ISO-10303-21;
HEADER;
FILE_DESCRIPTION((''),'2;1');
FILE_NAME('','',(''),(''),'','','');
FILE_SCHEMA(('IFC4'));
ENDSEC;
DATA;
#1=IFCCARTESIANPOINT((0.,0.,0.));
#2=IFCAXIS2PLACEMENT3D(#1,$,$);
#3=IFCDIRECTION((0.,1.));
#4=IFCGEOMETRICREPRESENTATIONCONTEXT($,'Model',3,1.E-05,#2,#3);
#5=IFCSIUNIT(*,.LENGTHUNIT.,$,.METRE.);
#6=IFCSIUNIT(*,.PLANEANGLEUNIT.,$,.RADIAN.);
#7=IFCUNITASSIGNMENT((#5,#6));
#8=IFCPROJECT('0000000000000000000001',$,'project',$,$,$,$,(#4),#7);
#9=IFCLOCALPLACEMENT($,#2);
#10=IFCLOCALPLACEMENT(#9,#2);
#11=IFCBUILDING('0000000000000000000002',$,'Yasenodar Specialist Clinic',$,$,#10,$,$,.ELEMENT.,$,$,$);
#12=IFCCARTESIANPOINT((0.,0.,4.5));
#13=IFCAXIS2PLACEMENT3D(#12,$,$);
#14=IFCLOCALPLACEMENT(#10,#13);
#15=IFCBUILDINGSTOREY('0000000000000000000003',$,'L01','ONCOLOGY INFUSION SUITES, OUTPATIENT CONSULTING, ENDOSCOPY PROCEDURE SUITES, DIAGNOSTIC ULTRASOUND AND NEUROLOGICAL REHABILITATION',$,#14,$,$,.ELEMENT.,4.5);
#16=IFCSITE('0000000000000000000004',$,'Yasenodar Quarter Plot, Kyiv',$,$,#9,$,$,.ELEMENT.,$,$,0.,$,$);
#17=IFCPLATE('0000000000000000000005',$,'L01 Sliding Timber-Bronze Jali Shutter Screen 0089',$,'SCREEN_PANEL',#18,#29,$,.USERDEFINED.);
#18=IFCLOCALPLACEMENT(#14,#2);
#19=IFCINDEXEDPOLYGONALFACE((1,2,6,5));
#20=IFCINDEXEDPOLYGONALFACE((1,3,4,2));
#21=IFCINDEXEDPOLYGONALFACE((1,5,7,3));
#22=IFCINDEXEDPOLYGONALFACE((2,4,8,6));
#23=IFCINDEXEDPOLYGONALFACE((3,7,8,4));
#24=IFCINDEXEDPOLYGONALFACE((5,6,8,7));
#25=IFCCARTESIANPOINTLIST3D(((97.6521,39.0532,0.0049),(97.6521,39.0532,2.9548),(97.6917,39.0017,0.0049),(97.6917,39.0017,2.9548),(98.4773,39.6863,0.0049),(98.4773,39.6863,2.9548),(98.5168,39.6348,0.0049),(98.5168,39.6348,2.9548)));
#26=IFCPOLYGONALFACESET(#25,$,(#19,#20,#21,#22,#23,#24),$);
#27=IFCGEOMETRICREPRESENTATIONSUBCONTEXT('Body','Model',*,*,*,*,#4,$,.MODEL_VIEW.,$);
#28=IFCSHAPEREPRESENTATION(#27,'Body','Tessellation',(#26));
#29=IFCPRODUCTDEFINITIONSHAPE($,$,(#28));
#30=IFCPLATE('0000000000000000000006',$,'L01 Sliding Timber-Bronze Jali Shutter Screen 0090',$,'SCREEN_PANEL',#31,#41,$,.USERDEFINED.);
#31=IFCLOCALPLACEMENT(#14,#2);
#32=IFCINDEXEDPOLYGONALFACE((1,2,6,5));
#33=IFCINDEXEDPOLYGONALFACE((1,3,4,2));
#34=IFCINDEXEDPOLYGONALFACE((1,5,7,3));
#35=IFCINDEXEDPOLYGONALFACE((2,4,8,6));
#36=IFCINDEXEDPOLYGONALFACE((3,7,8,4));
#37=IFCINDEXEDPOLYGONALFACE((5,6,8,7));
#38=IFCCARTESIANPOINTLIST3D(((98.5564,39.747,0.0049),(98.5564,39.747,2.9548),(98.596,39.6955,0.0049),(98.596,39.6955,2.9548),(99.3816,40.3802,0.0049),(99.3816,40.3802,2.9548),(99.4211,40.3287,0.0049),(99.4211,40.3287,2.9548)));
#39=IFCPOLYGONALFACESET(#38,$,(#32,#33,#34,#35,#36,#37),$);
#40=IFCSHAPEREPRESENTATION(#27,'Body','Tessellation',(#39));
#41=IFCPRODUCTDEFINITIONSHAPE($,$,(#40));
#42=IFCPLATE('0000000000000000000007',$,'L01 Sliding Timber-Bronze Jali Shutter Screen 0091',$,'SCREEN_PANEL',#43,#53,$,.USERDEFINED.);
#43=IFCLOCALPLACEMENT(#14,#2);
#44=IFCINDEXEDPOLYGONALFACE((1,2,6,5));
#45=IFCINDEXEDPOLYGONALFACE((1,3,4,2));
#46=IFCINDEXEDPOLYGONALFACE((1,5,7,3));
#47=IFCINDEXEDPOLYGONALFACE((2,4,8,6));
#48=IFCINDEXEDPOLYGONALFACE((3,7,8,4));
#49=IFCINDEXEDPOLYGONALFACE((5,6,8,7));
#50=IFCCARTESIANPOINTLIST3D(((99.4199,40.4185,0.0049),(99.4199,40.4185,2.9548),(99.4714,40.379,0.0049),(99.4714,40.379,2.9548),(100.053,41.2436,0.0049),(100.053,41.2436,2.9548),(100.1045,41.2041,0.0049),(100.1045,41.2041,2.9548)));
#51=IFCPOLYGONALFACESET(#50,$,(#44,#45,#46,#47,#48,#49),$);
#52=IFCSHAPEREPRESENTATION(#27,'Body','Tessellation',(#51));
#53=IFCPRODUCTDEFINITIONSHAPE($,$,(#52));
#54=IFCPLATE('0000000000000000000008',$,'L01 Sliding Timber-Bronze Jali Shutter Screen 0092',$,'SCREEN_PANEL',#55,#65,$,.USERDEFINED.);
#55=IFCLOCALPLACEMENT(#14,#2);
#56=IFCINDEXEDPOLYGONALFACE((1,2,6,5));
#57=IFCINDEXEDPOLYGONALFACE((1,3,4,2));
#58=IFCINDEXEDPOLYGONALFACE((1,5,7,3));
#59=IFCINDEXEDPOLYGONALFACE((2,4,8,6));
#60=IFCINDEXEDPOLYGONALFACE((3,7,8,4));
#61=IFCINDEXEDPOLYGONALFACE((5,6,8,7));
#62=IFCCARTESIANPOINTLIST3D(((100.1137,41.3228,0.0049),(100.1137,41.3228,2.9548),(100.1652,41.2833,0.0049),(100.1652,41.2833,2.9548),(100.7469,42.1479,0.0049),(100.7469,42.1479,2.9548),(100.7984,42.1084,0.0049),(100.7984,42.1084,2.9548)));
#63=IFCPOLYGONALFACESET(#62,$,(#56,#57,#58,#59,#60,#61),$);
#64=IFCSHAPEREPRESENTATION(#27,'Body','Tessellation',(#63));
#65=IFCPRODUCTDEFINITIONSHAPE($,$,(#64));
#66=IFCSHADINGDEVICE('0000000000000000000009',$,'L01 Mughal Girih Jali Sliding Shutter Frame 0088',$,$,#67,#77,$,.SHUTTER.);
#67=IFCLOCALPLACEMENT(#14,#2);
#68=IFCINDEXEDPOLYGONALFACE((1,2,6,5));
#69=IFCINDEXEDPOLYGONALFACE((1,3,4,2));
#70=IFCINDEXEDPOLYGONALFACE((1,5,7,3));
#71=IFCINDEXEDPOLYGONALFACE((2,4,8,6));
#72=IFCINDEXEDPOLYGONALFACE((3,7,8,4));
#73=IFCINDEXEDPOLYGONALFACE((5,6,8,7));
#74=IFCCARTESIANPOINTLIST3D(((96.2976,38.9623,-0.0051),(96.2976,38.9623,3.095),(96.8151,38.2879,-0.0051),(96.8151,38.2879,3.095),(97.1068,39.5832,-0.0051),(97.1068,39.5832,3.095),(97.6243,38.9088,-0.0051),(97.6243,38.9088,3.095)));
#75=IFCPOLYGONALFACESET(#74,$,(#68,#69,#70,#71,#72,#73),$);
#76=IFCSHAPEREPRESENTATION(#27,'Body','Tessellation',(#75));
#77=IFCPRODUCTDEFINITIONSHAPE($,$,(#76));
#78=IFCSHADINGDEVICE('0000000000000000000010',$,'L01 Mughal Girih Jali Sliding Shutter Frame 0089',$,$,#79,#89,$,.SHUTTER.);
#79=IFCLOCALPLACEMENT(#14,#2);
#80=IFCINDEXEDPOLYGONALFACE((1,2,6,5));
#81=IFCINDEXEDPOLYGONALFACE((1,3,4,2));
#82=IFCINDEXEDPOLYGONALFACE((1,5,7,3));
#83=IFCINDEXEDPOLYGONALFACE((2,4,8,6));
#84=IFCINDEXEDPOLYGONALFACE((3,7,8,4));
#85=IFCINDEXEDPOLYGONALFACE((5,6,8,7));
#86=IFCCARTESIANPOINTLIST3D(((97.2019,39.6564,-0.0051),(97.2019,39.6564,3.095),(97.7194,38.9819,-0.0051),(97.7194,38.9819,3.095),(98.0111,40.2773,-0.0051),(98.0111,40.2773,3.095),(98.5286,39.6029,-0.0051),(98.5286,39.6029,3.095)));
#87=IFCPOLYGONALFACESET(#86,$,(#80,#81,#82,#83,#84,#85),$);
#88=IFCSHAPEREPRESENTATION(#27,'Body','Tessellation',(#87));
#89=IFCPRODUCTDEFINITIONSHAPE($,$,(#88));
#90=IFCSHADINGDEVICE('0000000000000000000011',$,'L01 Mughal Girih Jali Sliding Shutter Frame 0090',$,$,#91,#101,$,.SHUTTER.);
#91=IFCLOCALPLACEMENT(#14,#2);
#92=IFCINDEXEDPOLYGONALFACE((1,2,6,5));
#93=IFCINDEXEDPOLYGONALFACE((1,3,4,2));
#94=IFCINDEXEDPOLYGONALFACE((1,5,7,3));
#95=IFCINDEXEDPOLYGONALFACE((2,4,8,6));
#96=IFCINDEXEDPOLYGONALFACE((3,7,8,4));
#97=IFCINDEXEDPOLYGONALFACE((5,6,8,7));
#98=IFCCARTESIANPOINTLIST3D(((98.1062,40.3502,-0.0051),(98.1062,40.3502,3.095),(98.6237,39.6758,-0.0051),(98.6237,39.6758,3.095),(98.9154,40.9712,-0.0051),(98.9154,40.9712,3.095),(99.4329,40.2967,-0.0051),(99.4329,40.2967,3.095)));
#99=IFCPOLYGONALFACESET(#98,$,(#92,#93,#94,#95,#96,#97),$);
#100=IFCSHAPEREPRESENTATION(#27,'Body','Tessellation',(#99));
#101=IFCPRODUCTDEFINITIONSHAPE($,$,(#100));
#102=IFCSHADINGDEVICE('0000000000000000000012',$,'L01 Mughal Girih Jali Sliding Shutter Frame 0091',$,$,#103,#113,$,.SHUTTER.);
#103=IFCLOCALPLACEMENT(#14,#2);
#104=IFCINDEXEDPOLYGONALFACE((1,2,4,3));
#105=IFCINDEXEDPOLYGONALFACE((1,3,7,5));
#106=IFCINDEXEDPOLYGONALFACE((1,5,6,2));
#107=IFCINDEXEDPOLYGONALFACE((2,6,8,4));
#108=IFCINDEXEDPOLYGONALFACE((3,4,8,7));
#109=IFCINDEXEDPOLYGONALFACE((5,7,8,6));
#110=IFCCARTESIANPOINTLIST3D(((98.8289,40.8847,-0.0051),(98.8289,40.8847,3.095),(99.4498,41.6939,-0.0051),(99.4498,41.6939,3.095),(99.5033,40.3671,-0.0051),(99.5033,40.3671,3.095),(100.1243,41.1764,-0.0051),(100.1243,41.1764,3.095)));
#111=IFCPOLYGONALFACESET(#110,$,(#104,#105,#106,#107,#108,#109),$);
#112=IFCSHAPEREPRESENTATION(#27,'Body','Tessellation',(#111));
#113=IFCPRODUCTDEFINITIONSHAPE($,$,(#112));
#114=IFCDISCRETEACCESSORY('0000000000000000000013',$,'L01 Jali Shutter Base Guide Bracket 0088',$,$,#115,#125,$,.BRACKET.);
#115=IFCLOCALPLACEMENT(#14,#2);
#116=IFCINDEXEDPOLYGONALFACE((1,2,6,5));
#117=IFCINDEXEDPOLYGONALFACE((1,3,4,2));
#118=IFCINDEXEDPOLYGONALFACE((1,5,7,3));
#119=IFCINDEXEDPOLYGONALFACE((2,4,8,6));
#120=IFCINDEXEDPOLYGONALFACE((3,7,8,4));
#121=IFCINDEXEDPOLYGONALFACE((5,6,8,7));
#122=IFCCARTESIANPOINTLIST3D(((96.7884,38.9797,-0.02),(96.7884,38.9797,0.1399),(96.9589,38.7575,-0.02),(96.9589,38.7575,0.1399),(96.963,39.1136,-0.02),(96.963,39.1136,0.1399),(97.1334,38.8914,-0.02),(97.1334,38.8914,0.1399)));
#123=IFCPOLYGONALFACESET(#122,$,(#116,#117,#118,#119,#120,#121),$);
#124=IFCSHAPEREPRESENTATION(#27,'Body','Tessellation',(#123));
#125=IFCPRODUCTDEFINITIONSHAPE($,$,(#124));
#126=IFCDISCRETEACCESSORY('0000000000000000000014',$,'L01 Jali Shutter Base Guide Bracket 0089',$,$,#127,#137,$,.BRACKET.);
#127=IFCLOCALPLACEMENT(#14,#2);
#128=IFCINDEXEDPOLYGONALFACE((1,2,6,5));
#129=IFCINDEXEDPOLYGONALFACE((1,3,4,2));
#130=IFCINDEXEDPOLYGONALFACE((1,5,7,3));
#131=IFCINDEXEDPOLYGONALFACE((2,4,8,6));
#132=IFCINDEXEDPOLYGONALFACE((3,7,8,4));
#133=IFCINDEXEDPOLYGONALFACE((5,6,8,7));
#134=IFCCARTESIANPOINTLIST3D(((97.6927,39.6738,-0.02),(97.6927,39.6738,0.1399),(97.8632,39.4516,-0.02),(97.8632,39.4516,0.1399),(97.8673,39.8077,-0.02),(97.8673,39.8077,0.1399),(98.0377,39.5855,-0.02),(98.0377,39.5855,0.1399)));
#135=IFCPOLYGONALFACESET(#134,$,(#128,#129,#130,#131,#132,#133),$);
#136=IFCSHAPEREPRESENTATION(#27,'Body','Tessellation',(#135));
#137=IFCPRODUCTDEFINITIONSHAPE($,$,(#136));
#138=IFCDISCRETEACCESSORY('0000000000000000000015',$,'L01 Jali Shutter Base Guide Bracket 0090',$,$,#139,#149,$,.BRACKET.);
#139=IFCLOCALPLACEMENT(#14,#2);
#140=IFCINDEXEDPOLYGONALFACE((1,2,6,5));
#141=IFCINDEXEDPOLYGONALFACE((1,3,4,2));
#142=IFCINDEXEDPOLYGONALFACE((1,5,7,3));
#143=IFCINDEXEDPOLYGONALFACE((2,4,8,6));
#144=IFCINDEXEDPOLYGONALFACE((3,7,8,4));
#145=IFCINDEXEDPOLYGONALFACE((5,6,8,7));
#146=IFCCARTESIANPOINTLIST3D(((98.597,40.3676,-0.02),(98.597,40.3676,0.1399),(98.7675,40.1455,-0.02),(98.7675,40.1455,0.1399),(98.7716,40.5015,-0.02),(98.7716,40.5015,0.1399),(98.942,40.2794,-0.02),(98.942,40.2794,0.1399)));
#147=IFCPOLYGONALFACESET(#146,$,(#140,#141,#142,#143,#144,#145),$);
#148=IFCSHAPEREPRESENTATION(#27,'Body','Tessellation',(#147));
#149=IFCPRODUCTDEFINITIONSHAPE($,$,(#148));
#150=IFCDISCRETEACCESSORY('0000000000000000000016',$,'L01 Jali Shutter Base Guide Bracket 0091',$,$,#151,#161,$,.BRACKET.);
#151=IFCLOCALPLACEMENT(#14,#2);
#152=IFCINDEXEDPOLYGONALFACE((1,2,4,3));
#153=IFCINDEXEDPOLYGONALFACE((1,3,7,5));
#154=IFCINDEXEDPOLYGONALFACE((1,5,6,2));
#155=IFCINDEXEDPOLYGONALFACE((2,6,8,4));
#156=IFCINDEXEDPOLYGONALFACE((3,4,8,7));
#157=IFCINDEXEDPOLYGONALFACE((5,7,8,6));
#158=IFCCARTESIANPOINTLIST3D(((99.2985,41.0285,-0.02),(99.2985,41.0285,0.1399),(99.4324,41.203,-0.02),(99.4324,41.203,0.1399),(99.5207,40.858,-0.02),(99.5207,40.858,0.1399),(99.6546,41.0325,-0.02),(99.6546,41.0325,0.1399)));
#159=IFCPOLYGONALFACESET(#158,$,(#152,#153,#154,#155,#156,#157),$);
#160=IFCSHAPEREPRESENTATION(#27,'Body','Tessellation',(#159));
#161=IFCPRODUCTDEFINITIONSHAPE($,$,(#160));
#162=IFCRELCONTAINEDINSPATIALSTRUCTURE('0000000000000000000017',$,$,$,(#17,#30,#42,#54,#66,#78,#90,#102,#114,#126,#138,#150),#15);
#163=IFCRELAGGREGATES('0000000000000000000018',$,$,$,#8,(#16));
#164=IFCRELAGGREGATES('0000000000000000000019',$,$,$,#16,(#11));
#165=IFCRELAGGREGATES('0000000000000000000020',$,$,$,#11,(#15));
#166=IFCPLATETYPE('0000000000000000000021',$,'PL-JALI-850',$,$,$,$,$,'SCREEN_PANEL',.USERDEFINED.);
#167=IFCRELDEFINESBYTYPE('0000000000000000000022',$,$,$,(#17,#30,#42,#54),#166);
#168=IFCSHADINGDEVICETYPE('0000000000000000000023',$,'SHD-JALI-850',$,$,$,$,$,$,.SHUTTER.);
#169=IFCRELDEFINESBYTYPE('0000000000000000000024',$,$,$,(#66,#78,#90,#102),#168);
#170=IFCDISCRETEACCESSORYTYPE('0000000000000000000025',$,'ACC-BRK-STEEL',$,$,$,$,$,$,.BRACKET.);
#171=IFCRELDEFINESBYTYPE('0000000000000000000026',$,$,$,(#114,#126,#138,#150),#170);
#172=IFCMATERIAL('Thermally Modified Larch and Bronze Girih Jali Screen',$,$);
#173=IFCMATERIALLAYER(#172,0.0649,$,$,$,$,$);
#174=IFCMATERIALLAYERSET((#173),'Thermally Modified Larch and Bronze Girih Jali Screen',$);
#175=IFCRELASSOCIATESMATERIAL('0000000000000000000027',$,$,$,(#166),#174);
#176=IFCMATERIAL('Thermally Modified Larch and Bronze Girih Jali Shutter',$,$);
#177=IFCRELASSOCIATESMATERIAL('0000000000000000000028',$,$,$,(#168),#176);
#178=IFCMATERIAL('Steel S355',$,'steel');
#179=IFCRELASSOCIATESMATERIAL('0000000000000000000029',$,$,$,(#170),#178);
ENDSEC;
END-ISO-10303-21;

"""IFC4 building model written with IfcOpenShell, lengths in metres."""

from ifc_helpers import new_model, si_unit, direction, frame, origin, origin_2d, place, context, subcontext, project, spatial, rectangle, extrude, material, layer, layer_set, type_object, element, save


model = new_model("IFC4")

# Units and contexts
model_context = context("Model", 3, precision=1e-05, world=origin(), true_north=direction((0.0, 1.0)))
body_context = subcontext(model_context, "Body", "Model", "MODEL_VIEW")
ifc_project = project(units=[si_unit("LENGTHUNIT", "METRE"), si_unit("PLANEANGLEUNIT", "RADIAN")], contexts=[model_context])

# Site, building, storey
site_placement = place(None, origin())
site = spatial("IfcSite", under=ifc_project, at=site_placement, Name="Yasenodar Quarter Plot, Kyiv", CompositionType="ELEMENT", RefElevation=0.0)
building_placement = place(site_placement, origin())
building = spatial("IfcBuilding", under=site, at=building_placement, Name="Yasenodar Specialist Clinic", CompositionType="ELEMENT")
storey_placement = place(building_placement, frame((0.0, 0.0, 4.5)))
storey = spatial("IfcBuildingStorey", under=building, at=storey_placement, Name="L01", Description="ONCOLOGY INFUSION SUITES, OUTPATIENT CONSULTING, ENDOSCOPY PROCEDURE SUITES, DIAGNOSTIC ULTRASOUND AND NEUROLOGICAL REHABILITATION", CompositionType="ELEMENT", Elevation=4.5)

# Shared definitions
ifc_material_1 = material(Name="Steel S355", Category="steel")

# Plates
ifc_material_2 = material(Name="Thermally Modified Larch and Bronze Girih Jali Screen")
ifc_layer_1 = layer(ifc_material_2, 0.0649)
ifc_layer_set_1 = layer_set([ifc_layer_1], Name="Thermally Modified Larch and Bronze Girih Jali Screen")
plate_type_1 = type_object("IfcPlateType", Name="PL-JALI-850", ElementType="SCREEN_PANEL", PredefinedType="USERDEFINED", material=ifc_layer_set_1)
for number, where, z_axis, x_axis, name in (
    (1, (98.0845, 39.344, 0.0049), (0.0, 0.0, 1.0), (0.793351, 0.608764, 0.0), "L01 Sliding Timber-Bronze Jali Shutter Screen 0089"),
    (2, (98.9888, 40.0378, 0.0049), (0.0, 0.0, 1.0), (0.793351, 0.608764, 0.0), "L01 Sliding Timber-Bronze Jali Shutter Screen 0090"),
    (3, (99.7622, 40.8113, 0.0049), (0.0, 0.0, 1.0), (0.608764, 0.793351, 0.0), "L01 Sliding Timber-Bronze Jali Shutter Screen 0091"),
    (4, (100.4561, 41.7156, 0.0049), (0.0, 0.0, 1.0), (0.608764, 0.793351, 0.0), "L01 Sliding Timber-Bronze Jali Shutter Screen 0092"),
):
    element("IfcPlate", number, at=place(storey_placement, frame(where, z_axis=z_axis, x_axis=x_axis)), inside=storey, type_object=plate_type_1, Name=name, ObjectType="SCREEN_PANEL", PredefinedType="USERDEFINED", context=body_context, shape_type="SweptSolid", body=[
        extrude(rectangle(XDim=1.04, YDim=0.0649, at=origin_2d()), origin(), (0.0, 0.0, 1.0), 2.95),
    ])

# Shading devices
ifc_material_3 = material(Name="Thermally Modified Larch and Bronze Girih Jali Shutter")
shading_device_type = type_object("IfcShadingDeviceType", Name="SHD-JALI-850", PredefinedType="SHUTTER", material=ifc_material_3)
for number, where, z_axis, x_axis, name in (
    (5, (96.9609, 38.9355, -0.0051), (0.0, 0.0, 1.0), (0.793351, 0.608764, 0.0), "L01 Mughal Girih Jali Sliding Shutter Frame 0088"),
    (6, (97.8652, 39.6296, -0.0051), (0.0, 0.0, 1.0), (0.793351, 0.608764, 0.0), "L01 Mughal Girih Jali Sliding Shutter Frame 0089"),
    (7, (98.7695, 40.3235, -0.0051), (0.0, 0.0, 1.0), (0.793351, 0.608764, 0.0), "L01 Mughal Girih Jali Sliding Shutter Frame 0090"),
    (8, (99.4766, 41.0305, -0.0051), (0.0, 0.0, 1.0), (0.608764, 0.793351, 0.0), "L01 Mughal Girih Jali Sliding Shutter Frame 0091"),
):
    element("IfcShadingDevice", number, at=place(storey_placement, frame(where, z_axis=z_axis, x_axis=x_axis)), inside=storey, type_object=shading_device_type, Name=name, PredefinedType="SHUTTER", context=body_context, shape_type="SweptSolid", body=[
        extrude(rectangle(XDim=1.02, YDim=0.8501, at=origin_2d()), origin(), (0.0, 0.0, 1.0), 3.1001),
    ])

# Discrete accessories
discrete_accessory_type = type_object("IfcDiscreteAccessoryType", Name="ACC-BRK-STEEL", PredefinedType="BRACKET", material=ifc_material_1)
for number, where, z_axis, x_axis, name in (
    (9, (96.9609, 38.9355, -0.02), (0.0, 0.0, 1.0), (0.793351, 0.608764, 0.0), "L01 Jali Shutter Base Guide Bracket 0088"),
    (10, (97.8652, 39.6296, -0.02), (0.0, 0.0, 1.0), (0.793351, 0.608764, 0.0), "L01 Jali Shutter Base Guide Bracket 0089"),
    (11, (98.7695, 40.3235, -0.02), (0.0, 0.0, 1.0), (0.793351, 0.608764, 0.0), "L01 Jali Shutter Base Guide Bracket 0090"),
    (12, (99.4766, 41.0305, -0.02), (0.0, 0.0, 1.0), (0.608764, 0.793351, 0.0), "L01 Jali Shutter Base Guide Bracket 0091"),
):
    element("IfcDiscreteAccessory", number, at=place(storey_placement, frame(where, z_axis=z_axis, x_axis=x_axis)), inside=storey, type_object=discrete_accessory_type, Name=name, PredefinedType="BRACKET", context=body_context, shape_type="SweptSolid", body=[
        extrude(rectangle(XDim=0.22, YDim=0.28, at=origin_2d()), origin(), (0.0, 0.0, 1.0), 0.1599),
    ])

save(model, "model.ifc")
